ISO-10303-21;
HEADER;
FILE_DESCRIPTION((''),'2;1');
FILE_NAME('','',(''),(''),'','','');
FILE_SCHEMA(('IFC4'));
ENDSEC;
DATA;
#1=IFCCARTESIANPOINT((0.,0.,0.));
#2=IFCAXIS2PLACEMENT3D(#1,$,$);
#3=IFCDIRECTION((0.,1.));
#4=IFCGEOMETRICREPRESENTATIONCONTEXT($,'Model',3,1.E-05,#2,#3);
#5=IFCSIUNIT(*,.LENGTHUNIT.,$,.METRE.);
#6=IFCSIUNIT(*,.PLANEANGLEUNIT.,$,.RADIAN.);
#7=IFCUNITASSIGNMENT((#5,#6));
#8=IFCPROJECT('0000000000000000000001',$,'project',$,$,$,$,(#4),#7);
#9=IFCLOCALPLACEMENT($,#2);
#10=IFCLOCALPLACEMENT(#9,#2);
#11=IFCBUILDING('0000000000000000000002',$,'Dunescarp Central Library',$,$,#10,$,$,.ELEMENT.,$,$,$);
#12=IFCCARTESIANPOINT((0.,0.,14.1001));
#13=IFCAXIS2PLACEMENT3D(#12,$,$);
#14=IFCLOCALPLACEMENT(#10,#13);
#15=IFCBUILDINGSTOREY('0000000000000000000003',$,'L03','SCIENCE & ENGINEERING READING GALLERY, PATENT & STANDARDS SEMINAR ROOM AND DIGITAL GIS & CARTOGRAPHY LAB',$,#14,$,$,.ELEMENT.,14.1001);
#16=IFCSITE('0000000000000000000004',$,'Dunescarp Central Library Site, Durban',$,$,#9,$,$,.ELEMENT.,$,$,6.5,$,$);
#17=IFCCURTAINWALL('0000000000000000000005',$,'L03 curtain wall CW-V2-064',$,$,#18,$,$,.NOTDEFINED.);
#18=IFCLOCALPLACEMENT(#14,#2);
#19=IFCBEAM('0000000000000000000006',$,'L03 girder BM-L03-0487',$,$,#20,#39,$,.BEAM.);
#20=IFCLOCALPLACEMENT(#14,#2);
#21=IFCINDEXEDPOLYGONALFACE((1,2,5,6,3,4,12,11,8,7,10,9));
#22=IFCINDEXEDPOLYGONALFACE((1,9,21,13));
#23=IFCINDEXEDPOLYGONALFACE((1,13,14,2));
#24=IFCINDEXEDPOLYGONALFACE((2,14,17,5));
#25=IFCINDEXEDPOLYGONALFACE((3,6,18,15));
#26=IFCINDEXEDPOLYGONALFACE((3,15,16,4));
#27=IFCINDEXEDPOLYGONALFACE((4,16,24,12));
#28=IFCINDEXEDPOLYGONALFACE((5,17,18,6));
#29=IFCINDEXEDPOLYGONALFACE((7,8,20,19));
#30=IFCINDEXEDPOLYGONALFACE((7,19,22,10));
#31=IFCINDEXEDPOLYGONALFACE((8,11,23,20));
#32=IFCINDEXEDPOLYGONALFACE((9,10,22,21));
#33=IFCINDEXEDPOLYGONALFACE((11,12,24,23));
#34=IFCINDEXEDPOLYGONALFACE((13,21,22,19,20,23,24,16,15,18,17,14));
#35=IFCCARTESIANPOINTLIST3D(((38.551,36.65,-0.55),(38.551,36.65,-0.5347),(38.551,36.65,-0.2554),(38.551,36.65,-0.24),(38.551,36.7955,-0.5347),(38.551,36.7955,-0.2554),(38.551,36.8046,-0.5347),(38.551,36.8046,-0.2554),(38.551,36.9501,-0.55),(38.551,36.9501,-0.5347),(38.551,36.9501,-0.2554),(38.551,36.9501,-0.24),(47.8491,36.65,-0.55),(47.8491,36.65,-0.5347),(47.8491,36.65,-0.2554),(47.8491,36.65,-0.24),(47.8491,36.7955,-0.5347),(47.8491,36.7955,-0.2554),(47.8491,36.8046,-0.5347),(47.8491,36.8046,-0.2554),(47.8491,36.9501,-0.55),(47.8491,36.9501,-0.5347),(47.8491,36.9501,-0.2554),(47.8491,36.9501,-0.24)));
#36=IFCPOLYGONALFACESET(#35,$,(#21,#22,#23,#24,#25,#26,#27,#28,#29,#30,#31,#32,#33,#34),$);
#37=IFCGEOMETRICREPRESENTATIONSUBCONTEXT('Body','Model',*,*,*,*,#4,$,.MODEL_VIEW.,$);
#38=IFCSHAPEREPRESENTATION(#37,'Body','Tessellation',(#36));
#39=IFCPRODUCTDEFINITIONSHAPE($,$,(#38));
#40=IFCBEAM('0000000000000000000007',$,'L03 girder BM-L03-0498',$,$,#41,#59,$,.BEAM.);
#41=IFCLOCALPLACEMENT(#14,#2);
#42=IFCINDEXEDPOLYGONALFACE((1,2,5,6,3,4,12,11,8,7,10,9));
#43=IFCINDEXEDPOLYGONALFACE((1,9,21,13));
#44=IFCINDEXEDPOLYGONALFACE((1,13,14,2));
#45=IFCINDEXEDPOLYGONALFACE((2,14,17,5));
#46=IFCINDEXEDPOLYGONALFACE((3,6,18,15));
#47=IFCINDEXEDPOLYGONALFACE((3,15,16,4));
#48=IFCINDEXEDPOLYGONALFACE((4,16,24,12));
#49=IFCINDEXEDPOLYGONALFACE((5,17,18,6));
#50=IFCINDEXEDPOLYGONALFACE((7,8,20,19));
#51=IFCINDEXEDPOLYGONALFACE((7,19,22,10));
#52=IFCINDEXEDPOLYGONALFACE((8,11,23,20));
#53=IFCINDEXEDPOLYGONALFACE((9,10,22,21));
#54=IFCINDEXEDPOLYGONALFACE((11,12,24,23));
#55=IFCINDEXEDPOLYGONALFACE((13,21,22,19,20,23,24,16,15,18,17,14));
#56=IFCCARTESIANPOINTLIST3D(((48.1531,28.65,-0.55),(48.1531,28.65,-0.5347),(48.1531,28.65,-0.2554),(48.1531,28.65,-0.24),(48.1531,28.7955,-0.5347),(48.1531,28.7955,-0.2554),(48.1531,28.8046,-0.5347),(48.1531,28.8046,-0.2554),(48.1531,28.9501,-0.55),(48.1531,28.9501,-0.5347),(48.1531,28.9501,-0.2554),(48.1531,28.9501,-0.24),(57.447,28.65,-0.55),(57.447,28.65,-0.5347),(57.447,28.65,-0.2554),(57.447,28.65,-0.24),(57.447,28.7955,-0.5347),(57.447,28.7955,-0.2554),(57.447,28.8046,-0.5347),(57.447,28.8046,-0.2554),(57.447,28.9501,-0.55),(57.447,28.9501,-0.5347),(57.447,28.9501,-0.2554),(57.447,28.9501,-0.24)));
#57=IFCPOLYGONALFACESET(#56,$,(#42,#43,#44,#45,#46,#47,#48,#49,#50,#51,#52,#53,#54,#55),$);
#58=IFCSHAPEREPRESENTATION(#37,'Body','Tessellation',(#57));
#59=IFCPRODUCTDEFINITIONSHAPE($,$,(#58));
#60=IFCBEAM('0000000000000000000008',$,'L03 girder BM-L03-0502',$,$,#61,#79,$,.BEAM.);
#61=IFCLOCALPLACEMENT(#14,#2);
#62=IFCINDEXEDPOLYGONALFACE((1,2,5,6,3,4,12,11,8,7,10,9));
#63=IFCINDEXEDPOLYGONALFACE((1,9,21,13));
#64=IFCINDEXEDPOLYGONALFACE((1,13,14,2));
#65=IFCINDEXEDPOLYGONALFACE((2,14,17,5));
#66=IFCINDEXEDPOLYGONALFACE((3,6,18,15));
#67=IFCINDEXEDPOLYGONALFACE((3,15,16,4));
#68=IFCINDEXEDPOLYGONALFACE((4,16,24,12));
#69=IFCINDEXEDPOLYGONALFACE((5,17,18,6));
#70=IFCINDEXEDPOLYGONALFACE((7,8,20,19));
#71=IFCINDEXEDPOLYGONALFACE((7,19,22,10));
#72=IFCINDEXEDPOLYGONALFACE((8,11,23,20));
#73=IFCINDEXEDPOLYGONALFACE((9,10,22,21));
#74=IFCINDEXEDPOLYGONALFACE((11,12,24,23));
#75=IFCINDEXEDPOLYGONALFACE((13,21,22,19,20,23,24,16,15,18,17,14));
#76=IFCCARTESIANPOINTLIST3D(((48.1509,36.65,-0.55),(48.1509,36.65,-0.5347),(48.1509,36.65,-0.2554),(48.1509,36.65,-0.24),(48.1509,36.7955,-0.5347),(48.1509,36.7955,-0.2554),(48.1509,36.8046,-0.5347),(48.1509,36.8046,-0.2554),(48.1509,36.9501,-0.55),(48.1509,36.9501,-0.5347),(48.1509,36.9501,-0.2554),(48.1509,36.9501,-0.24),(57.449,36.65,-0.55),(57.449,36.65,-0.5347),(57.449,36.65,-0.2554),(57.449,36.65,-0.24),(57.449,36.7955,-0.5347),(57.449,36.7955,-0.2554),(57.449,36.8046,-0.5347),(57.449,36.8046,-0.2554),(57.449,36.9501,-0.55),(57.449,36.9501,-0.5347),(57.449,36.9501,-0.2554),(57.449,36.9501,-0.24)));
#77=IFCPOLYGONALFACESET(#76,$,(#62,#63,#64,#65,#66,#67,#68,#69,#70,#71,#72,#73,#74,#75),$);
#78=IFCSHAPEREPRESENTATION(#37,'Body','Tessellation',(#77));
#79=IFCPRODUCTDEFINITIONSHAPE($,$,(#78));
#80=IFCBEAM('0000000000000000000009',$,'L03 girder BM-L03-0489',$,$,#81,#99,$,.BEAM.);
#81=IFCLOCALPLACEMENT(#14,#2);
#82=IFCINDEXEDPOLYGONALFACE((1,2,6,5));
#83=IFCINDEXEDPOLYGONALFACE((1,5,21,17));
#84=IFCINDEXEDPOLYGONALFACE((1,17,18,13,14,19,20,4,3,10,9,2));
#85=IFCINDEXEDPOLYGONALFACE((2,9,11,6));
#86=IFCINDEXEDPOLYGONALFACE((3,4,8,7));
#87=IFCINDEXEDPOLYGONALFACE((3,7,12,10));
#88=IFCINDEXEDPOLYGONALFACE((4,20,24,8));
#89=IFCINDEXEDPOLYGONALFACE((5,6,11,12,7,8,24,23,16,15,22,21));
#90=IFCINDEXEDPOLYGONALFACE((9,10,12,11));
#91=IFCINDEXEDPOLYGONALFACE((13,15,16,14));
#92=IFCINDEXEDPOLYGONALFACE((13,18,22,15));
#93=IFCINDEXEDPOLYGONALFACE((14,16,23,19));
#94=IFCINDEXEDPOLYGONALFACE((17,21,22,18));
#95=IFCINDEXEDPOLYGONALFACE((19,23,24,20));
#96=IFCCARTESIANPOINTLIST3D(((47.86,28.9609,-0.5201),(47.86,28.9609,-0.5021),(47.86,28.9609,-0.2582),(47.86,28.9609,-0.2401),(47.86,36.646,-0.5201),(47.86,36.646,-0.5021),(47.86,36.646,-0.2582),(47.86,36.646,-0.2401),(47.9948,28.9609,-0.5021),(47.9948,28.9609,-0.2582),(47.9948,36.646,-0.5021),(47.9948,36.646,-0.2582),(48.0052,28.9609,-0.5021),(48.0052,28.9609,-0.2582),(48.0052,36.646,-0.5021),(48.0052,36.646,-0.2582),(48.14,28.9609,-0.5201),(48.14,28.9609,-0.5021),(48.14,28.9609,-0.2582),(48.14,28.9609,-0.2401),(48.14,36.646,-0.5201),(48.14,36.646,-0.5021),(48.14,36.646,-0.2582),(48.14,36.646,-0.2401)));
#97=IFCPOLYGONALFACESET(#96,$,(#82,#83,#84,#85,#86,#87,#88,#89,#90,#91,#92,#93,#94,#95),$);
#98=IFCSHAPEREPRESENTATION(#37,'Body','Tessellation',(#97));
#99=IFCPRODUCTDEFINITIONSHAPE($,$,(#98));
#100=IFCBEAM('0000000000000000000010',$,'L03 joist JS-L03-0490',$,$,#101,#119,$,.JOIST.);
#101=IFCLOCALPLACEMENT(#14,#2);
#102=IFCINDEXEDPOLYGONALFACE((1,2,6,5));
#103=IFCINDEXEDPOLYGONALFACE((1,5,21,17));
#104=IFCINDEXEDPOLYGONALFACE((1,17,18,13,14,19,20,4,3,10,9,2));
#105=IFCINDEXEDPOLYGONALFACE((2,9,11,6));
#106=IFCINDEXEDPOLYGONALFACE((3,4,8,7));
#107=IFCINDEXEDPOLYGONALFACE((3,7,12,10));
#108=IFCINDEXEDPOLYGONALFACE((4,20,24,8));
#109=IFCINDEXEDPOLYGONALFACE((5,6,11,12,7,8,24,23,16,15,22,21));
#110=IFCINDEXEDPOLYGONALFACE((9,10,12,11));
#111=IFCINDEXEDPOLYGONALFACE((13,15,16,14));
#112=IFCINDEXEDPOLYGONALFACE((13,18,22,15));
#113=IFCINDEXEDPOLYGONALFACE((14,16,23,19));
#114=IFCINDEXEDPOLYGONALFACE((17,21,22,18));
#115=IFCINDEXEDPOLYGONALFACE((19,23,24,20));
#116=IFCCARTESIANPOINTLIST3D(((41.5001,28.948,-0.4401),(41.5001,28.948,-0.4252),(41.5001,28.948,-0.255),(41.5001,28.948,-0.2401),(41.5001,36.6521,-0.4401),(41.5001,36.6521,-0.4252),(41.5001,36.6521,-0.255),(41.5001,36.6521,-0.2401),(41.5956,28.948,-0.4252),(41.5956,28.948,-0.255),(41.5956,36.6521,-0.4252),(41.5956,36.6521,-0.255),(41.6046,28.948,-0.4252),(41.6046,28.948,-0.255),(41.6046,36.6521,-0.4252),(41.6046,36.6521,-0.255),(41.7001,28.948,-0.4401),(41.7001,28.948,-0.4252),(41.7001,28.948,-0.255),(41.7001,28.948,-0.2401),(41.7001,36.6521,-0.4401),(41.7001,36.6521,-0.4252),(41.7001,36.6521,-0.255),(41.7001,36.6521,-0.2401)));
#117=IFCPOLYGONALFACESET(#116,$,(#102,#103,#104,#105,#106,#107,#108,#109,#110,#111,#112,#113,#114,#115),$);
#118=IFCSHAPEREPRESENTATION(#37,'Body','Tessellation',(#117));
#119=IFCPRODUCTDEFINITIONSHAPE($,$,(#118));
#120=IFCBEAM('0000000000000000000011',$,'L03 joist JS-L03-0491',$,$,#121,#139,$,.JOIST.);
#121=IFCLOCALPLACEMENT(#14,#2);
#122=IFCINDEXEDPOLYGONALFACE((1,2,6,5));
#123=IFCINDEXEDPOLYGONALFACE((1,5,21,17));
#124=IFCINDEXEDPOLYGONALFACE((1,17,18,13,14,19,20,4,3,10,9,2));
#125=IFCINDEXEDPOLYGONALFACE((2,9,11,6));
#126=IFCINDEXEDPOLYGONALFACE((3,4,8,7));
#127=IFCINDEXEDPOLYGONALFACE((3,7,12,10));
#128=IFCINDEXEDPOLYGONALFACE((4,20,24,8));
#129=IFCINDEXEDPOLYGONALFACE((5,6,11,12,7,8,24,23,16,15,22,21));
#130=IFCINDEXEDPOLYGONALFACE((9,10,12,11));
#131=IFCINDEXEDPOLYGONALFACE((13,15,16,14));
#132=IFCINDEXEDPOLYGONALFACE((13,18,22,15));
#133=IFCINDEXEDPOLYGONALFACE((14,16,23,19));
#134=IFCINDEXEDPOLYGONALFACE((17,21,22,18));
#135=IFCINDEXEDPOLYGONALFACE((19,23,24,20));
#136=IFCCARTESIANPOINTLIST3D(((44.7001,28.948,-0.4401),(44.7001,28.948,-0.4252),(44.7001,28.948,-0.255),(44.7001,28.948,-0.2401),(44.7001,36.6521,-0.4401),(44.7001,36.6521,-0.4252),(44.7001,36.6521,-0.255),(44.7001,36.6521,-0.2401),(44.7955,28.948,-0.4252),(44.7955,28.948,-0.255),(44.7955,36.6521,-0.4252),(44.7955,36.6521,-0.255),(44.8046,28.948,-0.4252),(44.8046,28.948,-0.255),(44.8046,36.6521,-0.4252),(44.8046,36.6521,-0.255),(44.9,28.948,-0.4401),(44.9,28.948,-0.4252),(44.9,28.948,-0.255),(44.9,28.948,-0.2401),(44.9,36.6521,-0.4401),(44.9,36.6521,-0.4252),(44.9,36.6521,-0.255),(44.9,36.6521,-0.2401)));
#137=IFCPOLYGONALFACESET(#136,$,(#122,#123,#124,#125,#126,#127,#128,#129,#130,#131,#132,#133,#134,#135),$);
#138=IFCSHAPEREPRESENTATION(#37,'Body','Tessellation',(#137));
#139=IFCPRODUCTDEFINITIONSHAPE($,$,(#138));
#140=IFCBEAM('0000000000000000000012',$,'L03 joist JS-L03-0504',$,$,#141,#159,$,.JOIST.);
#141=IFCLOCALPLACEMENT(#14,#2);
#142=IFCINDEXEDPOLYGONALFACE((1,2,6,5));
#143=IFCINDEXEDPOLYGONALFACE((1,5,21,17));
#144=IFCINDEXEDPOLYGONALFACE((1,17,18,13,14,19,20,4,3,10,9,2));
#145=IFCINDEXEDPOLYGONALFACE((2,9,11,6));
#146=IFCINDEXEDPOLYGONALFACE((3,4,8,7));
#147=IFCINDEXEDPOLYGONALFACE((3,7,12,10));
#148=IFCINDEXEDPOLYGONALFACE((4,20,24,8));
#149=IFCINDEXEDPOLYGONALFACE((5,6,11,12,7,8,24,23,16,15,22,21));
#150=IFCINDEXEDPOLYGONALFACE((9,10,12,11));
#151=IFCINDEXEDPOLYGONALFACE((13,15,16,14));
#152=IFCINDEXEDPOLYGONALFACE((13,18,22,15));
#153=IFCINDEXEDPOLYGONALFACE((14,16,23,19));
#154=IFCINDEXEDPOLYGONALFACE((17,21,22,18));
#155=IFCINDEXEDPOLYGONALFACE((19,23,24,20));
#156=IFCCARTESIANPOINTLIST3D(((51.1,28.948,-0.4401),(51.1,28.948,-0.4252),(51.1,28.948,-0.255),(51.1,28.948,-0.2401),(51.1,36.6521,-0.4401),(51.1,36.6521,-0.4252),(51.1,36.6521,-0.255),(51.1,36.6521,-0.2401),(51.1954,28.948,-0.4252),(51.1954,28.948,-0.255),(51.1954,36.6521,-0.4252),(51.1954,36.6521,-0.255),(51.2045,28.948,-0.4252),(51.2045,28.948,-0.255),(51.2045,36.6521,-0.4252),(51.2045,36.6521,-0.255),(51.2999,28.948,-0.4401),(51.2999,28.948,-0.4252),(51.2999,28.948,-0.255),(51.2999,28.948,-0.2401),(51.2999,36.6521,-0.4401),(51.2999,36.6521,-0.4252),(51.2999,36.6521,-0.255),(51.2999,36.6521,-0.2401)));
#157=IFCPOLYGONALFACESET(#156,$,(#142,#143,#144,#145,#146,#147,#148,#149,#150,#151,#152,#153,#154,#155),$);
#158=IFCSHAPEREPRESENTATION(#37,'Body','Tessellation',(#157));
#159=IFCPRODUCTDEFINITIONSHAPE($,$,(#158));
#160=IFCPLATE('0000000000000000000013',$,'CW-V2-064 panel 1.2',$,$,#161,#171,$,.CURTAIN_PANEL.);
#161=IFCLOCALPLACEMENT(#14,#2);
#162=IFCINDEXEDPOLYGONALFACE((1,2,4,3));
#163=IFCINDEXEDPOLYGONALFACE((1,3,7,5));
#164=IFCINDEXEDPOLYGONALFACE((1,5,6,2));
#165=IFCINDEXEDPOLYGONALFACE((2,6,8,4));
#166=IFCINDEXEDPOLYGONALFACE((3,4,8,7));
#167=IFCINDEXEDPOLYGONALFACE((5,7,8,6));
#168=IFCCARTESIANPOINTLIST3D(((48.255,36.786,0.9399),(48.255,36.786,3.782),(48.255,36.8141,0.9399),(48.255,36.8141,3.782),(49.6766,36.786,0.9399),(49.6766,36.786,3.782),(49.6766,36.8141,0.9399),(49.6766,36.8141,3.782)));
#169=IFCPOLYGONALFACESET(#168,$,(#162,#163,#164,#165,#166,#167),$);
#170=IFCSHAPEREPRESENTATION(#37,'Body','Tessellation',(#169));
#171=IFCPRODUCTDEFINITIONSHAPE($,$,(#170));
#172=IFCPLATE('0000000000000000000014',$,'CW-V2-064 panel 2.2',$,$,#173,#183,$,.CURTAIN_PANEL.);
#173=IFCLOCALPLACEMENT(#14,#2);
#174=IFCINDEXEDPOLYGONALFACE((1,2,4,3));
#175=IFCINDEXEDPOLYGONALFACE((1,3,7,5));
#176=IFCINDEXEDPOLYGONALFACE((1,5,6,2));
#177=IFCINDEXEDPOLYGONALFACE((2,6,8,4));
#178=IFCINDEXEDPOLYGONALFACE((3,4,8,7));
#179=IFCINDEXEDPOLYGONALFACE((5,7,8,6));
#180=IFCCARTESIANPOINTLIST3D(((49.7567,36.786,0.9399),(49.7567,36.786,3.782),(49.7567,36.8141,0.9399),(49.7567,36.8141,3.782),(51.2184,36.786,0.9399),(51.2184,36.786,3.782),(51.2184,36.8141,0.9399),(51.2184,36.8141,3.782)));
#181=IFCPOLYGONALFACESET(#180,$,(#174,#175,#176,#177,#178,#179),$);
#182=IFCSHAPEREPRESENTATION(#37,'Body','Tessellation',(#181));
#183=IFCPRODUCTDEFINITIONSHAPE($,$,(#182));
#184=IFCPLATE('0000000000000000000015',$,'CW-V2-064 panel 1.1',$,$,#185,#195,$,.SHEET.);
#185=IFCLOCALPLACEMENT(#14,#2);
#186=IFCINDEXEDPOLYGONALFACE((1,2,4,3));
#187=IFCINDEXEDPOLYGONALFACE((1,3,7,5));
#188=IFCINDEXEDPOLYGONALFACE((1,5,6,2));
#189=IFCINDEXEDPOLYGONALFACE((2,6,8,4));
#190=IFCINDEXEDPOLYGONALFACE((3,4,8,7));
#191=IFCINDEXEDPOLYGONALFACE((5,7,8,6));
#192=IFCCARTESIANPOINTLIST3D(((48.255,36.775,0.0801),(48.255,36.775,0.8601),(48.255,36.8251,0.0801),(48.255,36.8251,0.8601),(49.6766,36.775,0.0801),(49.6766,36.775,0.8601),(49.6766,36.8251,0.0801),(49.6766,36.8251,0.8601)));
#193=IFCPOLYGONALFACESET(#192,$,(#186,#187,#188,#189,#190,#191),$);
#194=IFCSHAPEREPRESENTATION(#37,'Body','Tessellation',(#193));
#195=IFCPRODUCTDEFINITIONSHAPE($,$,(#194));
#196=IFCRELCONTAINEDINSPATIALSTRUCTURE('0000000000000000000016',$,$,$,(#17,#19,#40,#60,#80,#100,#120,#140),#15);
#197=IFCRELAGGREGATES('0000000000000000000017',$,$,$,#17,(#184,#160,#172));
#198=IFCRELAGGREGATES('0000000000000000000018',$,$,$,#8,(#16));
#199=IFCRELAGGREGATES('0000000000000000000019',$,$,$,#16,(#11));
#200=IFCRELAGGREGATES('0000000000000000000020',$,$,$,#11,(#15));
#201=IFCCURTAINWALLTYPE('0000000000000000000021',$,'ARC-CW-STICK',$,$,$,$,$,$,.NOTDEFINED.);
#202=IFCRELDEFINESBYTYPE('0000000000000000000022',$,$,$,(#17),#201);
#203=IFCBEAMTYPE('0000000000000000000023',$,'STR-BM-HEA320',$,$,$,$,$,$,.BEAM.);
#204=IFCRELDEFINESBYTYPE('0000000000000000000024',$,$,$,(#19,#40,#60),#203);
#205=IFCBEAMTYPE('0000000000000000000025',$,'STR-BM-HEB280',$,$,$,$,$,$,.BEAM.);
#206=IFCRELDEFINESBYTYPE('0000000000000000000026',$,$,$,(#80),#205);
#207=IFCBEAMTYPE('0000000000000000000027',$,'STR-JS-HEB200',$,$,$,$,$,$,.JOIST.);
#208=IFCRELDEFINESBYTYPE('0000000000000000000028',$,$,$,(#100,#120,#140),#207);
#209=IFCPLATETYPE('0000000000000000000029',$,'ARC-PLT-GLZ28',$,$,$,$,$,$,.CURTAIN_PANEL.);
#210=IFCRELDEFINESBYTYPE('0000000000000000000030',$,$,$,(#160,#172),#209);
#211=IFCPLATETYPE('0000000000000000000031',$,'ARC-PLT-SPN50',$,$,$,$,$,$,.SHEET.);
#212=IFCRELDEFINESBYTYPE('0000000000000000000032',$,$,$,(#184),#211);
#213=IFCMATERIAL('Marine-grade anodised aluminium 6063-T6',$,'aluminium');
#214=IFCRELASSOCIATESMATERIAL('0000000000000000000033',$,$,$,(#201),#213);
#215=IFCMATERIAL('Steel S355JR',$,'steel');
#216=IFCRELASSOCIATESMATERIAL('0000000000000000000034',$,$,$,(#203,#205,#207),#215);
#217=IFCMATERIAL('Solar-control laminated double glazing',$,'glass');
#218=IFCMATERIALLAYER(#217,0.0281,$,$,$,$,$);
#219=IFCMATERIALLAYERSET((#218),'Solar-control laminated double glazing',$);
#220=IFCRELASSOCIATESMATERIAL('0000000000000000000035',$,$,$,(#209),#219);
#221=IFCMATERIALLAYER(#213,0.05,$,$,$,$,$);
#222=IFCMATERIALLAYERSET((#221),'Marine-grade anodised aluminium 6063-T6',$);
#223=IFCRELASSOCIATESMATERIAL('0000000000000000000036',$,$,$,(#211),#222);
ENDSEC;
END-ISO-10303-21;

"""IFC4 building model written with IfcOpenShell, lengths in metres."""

from ifc_helpers import new_model, si_unit, direction, frame, origin, origin_2d, place, context, subcontext, project, spatial, rectangle, i_section, extrude, material, layer, layer_set, material_profile, profile_set, type_object, element, aggregate, save


model = new_model("IFC4")

# Units and contexts
model_context = context("Model", 3, precision=1e-05, world=origin(), true_north=direction((0.0, 1.0)))
body_context = subcontext(model_context, "Body", "Model", "MODEL_VIEW")
ifc_project = project(units=[si_unit("LENGTHUNIT", "METRE"), si_unit("PLANEANGLEUNIT", "RADIAN")], contexts=[model_context])

# Site, building, storey
site_placement = place(None, origin())
site = spatial("IfcSite", under=ifc_project, at=site_placement, Name="Dunescarp Central Library Site, Durban", CompositionType="ELEMENT", RefElevation=6.5)
building_placement = place(site_placement, origin())
building = spatial("IfcBuilding", under=site, at=building_placement, Name="Dunescarp Central Library", CompositionType="ELEMENT")
storey_placement = place(building_placement, frame((0.0, 0.0, 14.1001)))
storey = spatial("IfcBuildingStorey", under=building, at=storey_placement, Name="L03", Description="SCIENCE & ENGINEERING READING GALLERY, PATENT & STANDARDS SEMINAR ROOM AND DIGITAL GIS & CARTOGRAPHY LAB", CompositionType="ELEMENT", Elevation=14.1001)

# Shared definitions
ifc_material_1 = material(Name="Steel S355JR", Category="steel")

# Curtain wall
ifc_material_2 = material(Name="Marine-grade anodised aluminium 6063-T6", Category="aluminium")
curtain_wall_type = type_object("IfcCurtainWallType", Name="ARC-CW-STICK", PredefinedType="NOTDEFINED", material=ifc_material_2)
curtain_wall_placement = place(storey_placement, origin())
curtain_wall = element("IfcCurtainWall", 1, at=curtain_wall_placement, inside=storey, type_object=curtain_wall_type, Name="L03 curtain wall CW-V2-064", PredefinedType="NOTDEFINED")

# Beams
ifc_material_profile_1 = material_profile(ifc_material_1, i_section(OverallWidth=0.3, OverallDepth=0.3101, WebThickness=0.009, FlangeThickness=0.0154, at=origin_2d()), Name="HEA 320")
ifc_profile_set_1 = profile_set([ifc_material_profile_1], Name="Steel S355JR")
beam_type_1 = type_object("IfcBeamType", Name="STR-BM-HEA320", PredefinedType="BEAM", material=ifc_profile_set_1)
beam_1_placement = place(storey_placement, frame((38.551, 36.8, -0.395), z_axis=(1.0, 0.0, 0.0), x_axis=(0.0, 1.0, 0.0)))
element("IfcBeam", 2, at=beam_1_placement, inside=storey, type_object=beam_type_1, Name="L03 girder BM-L03-0487", PredefinedType="BEAM", context=body_context, shape_type="SweptSolid", body=[
    extrude(i_section(OverallWidth=0.3, OverallDepth=0.3101, WebThickness=0.009, FlangeThickness=0.0154, at=origin_2d()), origin(), (0.0, 0.0, 1.0), 9.2981),
])
beam_2_placement = place(storey_placement, frame((48.1531, 28.8, -0.395), z_axis=(1.0, 0.0, 0.0), x_axis=(0.0, 1.0, 0.0)))
element("IfcBeam", 3, at=beam_2_placement, inside=storey, type_object=beam_type_1, Name="L03 girder BM-L03-0498", PredefinedType="BEAM", context=body_context, shape_type="SweptSolid", body=[
    extrude(i_section(OverallWidth=0.3, OverallDepth=0.3101, WebThickness=0.009, FlangeThickness=0.0154, at=origin_2d()), origin(), (0.0, 0.0, 1.0), 9.2939),
])
beam_3_placement = place(storey_placement, frame((48.1509, 36.8, -0.395), z_axis=(1.0, 0.0, 0.0), x_axis=(0.0, 1.0, 0.0)))
element("IfcBeam", 4, at=beam_3_placement, inside=storey, type_object=beam_type_1, Name="L03 girder BM-L03-0502", PredefinedType="BEAM", context=body_context, shape_type="SweptSolid", body=[
    extrude(i_section(OverallWidth=0.3, OverallDepth=0.3101, WebThickness=0.009, FlangeThickness=0.0154, at=origin_2d()), origin(), (0.0, 0.0, 1.0), 9.2981),
])
ifc_material_profile_2 = material_profile(ifc_material_1, i_section(OverallWidth=0.28, OverallDepth=0.28, WebThickness=0.0105, FlangeThickness=0.0181, at=origin_2d()), Name="HEB 280")
ifc_profile_set_2 = profile_set([ifc_material_profile_2], Name="Steel S355JR")
beam_type_2 = type_object("IfcBeamType", Name="STR-BM-HEB280", PredefinedType="BEAM", material=ifc_profile_set_2)
beam_4_placement = place(storey_placement, frame((48.0, 28.9609, -0.3801), z_axis=(0.0, 1.0, 0.0), x_axis=(-1.0, 0.0, 0.0)))
element("IfcBeam", 5, at=beam_4_placement, inside=storey, type_object=beam_type_2, Name="L03 girder BM-L03-0489", PredefinedType="BEAM", context=body_context, shape_type="SweptSolid", body=[
    extrude(i_section(OverallWidth=0.28, OverallDepth=0.28, WebThickness=0.0105, FlangeThickness=0.0181, at=origin_2d()), origin(), (0.0, 0.0, 1.0), 7.6851),
])
ifc_material_profile_3 = material_profile(ifc_material_1, i_section(OverallWidth=0.2, OverallDepth=0.2, WebThickness=0.009, FlangeThickness=0.0149, at=origin_2d()), Name="HEB 200")
ifc_profile_set_3 = profile_set([ifc_material_profile_3], Name="Steel S355JR")
beam_type_3 = type_object("IfcBeamType", Name="STR-JS-HEB200", PredefinedType="JOIST", material=ifc_profile_set_3)
for number, where, z_axis, x_axis, name in (
    (6, (41.6001, 28.948, -0.3401), (0.0, 1.0, 0.0), (-1.0, 0.0, 0.0), "L03 joist JS-L03-0490"),
    (7, (44.8, 28.948, -0.3401), (0.0, 1.0, 0.0), (-1.0, 0.0, 0.0), "L03 joist JS-L03-0491"),
    (8, (51.2, 28.948, -0.3401), (0.0, 1.0, 0.0), (-1.0, 0.0, 0.0), "L03 joist JS-L03-0504"),
):
    element("IfcBeam", number, at=place(storey_placement, frame(where, z_axis=z_axis, x_axis=x_axis)), inside=storey, type_object=beam_type_3, Name=name, PredefinedType="JOIST", context=body_context, shape_type="SweptSolid", body=[
        extrude(i_section(OverallWidth=0.2, OverallDepth=0.2, WebThickness=0.009, FlangeThickness=0.0149, at=origin_2d()), origin(), (0.0, 0.0, 1.0), 7.7041),
    ])

# Plates
ifc_material_3 = material(Name="Solar-control laminated double glazing", Category="glass")
ifc_layer_1 = layer(ifc_material_3, 0.0281)
ifc_layer_set_1 = layer_set([ifc_layer_1], Name="Solar-control laminated double glazing")
plate_type_1 = type_object("IfcPlateType", Name="ARC-PLT-GLZ28", PredefinedType="CURTAIN_PANEL", material=ifc_layer_set_1)
plate_1_placement = place(storey_placement, frame((48.9658, 36.8, 0.9399), z_axis=(0.0, 0.0, 1.0), x_axis=(1.0, 0.0, 0.0)))
plate_1 = element("IfcPlate", 9, at=plate_1_placement, type_object=plate_type_1, Name="CW-V2-064 panel 1.2", PredefinedType="CURTAIN_PANEL", context=body_context, shape_type="SweptSolid", body=[
    extrude(rectangle(XDim=1.4216, YDim=0.0281, at=origin_2d()), origin(), (0.0, 0.0, 1.0), 2.842),
])
plate_2_placement = place(storey_placement, frame((50.4875, 36.8, 0.9399), z_axis=(0.0, 0.0, 1.0), x_axis=(1.0, 0.0, 0.0)))
plate_2 = element("IfcPlate", 10, at=plate_2_placement, type_object=plate_type_1, Name="CW-V2-064 panel 2.2", PredefinedType="CURTAIN_PANEL", context=body_context, shape_type="SweptSolid", body=[
    extrude(rectangle(XDim=1.4617, YDim=0.0281, at=origin_2d()), origin(), (0.0, 0.0, 1.0), 2.842),
])
ifc_layer_2 = layer(ifc_material_2, 0.05)
ifc_layer_set_2 = layer_set([ifc_layer_2], Name="Marine-grade anodised aluminium 6063-T6")
plate_type_2 = type_object("IfcPlateType", Name="ARC-PLT-SPN50", PredefinedType="SHEET", material=ifc_layer_set_2)
plate_3_placement = place(storey_placement, frame((48.9658, 36.8, 0.0801), z_axis=(0.0, 0.0, 1.0), x_axis=(1.0, 0.0, 0.0)))
plate_3 = element("IfcPlate", 11, at=plate_3_placement, type_object=plate_type_2, Name="CW-V2-064 panel 1.1", PredefinedType="SHEET", context=body_context, shape_type="SweptSolid", body=[
    extrude(rectangle(XDim=1.4216, YDim=0.05, at=origin_2d()), origin(), (0.0, 0.0, 1.0), 0.78),
])
aggregate(curtain_wall, [plate_3, plate_1, plate_2])

save(model, "model.ifc")
